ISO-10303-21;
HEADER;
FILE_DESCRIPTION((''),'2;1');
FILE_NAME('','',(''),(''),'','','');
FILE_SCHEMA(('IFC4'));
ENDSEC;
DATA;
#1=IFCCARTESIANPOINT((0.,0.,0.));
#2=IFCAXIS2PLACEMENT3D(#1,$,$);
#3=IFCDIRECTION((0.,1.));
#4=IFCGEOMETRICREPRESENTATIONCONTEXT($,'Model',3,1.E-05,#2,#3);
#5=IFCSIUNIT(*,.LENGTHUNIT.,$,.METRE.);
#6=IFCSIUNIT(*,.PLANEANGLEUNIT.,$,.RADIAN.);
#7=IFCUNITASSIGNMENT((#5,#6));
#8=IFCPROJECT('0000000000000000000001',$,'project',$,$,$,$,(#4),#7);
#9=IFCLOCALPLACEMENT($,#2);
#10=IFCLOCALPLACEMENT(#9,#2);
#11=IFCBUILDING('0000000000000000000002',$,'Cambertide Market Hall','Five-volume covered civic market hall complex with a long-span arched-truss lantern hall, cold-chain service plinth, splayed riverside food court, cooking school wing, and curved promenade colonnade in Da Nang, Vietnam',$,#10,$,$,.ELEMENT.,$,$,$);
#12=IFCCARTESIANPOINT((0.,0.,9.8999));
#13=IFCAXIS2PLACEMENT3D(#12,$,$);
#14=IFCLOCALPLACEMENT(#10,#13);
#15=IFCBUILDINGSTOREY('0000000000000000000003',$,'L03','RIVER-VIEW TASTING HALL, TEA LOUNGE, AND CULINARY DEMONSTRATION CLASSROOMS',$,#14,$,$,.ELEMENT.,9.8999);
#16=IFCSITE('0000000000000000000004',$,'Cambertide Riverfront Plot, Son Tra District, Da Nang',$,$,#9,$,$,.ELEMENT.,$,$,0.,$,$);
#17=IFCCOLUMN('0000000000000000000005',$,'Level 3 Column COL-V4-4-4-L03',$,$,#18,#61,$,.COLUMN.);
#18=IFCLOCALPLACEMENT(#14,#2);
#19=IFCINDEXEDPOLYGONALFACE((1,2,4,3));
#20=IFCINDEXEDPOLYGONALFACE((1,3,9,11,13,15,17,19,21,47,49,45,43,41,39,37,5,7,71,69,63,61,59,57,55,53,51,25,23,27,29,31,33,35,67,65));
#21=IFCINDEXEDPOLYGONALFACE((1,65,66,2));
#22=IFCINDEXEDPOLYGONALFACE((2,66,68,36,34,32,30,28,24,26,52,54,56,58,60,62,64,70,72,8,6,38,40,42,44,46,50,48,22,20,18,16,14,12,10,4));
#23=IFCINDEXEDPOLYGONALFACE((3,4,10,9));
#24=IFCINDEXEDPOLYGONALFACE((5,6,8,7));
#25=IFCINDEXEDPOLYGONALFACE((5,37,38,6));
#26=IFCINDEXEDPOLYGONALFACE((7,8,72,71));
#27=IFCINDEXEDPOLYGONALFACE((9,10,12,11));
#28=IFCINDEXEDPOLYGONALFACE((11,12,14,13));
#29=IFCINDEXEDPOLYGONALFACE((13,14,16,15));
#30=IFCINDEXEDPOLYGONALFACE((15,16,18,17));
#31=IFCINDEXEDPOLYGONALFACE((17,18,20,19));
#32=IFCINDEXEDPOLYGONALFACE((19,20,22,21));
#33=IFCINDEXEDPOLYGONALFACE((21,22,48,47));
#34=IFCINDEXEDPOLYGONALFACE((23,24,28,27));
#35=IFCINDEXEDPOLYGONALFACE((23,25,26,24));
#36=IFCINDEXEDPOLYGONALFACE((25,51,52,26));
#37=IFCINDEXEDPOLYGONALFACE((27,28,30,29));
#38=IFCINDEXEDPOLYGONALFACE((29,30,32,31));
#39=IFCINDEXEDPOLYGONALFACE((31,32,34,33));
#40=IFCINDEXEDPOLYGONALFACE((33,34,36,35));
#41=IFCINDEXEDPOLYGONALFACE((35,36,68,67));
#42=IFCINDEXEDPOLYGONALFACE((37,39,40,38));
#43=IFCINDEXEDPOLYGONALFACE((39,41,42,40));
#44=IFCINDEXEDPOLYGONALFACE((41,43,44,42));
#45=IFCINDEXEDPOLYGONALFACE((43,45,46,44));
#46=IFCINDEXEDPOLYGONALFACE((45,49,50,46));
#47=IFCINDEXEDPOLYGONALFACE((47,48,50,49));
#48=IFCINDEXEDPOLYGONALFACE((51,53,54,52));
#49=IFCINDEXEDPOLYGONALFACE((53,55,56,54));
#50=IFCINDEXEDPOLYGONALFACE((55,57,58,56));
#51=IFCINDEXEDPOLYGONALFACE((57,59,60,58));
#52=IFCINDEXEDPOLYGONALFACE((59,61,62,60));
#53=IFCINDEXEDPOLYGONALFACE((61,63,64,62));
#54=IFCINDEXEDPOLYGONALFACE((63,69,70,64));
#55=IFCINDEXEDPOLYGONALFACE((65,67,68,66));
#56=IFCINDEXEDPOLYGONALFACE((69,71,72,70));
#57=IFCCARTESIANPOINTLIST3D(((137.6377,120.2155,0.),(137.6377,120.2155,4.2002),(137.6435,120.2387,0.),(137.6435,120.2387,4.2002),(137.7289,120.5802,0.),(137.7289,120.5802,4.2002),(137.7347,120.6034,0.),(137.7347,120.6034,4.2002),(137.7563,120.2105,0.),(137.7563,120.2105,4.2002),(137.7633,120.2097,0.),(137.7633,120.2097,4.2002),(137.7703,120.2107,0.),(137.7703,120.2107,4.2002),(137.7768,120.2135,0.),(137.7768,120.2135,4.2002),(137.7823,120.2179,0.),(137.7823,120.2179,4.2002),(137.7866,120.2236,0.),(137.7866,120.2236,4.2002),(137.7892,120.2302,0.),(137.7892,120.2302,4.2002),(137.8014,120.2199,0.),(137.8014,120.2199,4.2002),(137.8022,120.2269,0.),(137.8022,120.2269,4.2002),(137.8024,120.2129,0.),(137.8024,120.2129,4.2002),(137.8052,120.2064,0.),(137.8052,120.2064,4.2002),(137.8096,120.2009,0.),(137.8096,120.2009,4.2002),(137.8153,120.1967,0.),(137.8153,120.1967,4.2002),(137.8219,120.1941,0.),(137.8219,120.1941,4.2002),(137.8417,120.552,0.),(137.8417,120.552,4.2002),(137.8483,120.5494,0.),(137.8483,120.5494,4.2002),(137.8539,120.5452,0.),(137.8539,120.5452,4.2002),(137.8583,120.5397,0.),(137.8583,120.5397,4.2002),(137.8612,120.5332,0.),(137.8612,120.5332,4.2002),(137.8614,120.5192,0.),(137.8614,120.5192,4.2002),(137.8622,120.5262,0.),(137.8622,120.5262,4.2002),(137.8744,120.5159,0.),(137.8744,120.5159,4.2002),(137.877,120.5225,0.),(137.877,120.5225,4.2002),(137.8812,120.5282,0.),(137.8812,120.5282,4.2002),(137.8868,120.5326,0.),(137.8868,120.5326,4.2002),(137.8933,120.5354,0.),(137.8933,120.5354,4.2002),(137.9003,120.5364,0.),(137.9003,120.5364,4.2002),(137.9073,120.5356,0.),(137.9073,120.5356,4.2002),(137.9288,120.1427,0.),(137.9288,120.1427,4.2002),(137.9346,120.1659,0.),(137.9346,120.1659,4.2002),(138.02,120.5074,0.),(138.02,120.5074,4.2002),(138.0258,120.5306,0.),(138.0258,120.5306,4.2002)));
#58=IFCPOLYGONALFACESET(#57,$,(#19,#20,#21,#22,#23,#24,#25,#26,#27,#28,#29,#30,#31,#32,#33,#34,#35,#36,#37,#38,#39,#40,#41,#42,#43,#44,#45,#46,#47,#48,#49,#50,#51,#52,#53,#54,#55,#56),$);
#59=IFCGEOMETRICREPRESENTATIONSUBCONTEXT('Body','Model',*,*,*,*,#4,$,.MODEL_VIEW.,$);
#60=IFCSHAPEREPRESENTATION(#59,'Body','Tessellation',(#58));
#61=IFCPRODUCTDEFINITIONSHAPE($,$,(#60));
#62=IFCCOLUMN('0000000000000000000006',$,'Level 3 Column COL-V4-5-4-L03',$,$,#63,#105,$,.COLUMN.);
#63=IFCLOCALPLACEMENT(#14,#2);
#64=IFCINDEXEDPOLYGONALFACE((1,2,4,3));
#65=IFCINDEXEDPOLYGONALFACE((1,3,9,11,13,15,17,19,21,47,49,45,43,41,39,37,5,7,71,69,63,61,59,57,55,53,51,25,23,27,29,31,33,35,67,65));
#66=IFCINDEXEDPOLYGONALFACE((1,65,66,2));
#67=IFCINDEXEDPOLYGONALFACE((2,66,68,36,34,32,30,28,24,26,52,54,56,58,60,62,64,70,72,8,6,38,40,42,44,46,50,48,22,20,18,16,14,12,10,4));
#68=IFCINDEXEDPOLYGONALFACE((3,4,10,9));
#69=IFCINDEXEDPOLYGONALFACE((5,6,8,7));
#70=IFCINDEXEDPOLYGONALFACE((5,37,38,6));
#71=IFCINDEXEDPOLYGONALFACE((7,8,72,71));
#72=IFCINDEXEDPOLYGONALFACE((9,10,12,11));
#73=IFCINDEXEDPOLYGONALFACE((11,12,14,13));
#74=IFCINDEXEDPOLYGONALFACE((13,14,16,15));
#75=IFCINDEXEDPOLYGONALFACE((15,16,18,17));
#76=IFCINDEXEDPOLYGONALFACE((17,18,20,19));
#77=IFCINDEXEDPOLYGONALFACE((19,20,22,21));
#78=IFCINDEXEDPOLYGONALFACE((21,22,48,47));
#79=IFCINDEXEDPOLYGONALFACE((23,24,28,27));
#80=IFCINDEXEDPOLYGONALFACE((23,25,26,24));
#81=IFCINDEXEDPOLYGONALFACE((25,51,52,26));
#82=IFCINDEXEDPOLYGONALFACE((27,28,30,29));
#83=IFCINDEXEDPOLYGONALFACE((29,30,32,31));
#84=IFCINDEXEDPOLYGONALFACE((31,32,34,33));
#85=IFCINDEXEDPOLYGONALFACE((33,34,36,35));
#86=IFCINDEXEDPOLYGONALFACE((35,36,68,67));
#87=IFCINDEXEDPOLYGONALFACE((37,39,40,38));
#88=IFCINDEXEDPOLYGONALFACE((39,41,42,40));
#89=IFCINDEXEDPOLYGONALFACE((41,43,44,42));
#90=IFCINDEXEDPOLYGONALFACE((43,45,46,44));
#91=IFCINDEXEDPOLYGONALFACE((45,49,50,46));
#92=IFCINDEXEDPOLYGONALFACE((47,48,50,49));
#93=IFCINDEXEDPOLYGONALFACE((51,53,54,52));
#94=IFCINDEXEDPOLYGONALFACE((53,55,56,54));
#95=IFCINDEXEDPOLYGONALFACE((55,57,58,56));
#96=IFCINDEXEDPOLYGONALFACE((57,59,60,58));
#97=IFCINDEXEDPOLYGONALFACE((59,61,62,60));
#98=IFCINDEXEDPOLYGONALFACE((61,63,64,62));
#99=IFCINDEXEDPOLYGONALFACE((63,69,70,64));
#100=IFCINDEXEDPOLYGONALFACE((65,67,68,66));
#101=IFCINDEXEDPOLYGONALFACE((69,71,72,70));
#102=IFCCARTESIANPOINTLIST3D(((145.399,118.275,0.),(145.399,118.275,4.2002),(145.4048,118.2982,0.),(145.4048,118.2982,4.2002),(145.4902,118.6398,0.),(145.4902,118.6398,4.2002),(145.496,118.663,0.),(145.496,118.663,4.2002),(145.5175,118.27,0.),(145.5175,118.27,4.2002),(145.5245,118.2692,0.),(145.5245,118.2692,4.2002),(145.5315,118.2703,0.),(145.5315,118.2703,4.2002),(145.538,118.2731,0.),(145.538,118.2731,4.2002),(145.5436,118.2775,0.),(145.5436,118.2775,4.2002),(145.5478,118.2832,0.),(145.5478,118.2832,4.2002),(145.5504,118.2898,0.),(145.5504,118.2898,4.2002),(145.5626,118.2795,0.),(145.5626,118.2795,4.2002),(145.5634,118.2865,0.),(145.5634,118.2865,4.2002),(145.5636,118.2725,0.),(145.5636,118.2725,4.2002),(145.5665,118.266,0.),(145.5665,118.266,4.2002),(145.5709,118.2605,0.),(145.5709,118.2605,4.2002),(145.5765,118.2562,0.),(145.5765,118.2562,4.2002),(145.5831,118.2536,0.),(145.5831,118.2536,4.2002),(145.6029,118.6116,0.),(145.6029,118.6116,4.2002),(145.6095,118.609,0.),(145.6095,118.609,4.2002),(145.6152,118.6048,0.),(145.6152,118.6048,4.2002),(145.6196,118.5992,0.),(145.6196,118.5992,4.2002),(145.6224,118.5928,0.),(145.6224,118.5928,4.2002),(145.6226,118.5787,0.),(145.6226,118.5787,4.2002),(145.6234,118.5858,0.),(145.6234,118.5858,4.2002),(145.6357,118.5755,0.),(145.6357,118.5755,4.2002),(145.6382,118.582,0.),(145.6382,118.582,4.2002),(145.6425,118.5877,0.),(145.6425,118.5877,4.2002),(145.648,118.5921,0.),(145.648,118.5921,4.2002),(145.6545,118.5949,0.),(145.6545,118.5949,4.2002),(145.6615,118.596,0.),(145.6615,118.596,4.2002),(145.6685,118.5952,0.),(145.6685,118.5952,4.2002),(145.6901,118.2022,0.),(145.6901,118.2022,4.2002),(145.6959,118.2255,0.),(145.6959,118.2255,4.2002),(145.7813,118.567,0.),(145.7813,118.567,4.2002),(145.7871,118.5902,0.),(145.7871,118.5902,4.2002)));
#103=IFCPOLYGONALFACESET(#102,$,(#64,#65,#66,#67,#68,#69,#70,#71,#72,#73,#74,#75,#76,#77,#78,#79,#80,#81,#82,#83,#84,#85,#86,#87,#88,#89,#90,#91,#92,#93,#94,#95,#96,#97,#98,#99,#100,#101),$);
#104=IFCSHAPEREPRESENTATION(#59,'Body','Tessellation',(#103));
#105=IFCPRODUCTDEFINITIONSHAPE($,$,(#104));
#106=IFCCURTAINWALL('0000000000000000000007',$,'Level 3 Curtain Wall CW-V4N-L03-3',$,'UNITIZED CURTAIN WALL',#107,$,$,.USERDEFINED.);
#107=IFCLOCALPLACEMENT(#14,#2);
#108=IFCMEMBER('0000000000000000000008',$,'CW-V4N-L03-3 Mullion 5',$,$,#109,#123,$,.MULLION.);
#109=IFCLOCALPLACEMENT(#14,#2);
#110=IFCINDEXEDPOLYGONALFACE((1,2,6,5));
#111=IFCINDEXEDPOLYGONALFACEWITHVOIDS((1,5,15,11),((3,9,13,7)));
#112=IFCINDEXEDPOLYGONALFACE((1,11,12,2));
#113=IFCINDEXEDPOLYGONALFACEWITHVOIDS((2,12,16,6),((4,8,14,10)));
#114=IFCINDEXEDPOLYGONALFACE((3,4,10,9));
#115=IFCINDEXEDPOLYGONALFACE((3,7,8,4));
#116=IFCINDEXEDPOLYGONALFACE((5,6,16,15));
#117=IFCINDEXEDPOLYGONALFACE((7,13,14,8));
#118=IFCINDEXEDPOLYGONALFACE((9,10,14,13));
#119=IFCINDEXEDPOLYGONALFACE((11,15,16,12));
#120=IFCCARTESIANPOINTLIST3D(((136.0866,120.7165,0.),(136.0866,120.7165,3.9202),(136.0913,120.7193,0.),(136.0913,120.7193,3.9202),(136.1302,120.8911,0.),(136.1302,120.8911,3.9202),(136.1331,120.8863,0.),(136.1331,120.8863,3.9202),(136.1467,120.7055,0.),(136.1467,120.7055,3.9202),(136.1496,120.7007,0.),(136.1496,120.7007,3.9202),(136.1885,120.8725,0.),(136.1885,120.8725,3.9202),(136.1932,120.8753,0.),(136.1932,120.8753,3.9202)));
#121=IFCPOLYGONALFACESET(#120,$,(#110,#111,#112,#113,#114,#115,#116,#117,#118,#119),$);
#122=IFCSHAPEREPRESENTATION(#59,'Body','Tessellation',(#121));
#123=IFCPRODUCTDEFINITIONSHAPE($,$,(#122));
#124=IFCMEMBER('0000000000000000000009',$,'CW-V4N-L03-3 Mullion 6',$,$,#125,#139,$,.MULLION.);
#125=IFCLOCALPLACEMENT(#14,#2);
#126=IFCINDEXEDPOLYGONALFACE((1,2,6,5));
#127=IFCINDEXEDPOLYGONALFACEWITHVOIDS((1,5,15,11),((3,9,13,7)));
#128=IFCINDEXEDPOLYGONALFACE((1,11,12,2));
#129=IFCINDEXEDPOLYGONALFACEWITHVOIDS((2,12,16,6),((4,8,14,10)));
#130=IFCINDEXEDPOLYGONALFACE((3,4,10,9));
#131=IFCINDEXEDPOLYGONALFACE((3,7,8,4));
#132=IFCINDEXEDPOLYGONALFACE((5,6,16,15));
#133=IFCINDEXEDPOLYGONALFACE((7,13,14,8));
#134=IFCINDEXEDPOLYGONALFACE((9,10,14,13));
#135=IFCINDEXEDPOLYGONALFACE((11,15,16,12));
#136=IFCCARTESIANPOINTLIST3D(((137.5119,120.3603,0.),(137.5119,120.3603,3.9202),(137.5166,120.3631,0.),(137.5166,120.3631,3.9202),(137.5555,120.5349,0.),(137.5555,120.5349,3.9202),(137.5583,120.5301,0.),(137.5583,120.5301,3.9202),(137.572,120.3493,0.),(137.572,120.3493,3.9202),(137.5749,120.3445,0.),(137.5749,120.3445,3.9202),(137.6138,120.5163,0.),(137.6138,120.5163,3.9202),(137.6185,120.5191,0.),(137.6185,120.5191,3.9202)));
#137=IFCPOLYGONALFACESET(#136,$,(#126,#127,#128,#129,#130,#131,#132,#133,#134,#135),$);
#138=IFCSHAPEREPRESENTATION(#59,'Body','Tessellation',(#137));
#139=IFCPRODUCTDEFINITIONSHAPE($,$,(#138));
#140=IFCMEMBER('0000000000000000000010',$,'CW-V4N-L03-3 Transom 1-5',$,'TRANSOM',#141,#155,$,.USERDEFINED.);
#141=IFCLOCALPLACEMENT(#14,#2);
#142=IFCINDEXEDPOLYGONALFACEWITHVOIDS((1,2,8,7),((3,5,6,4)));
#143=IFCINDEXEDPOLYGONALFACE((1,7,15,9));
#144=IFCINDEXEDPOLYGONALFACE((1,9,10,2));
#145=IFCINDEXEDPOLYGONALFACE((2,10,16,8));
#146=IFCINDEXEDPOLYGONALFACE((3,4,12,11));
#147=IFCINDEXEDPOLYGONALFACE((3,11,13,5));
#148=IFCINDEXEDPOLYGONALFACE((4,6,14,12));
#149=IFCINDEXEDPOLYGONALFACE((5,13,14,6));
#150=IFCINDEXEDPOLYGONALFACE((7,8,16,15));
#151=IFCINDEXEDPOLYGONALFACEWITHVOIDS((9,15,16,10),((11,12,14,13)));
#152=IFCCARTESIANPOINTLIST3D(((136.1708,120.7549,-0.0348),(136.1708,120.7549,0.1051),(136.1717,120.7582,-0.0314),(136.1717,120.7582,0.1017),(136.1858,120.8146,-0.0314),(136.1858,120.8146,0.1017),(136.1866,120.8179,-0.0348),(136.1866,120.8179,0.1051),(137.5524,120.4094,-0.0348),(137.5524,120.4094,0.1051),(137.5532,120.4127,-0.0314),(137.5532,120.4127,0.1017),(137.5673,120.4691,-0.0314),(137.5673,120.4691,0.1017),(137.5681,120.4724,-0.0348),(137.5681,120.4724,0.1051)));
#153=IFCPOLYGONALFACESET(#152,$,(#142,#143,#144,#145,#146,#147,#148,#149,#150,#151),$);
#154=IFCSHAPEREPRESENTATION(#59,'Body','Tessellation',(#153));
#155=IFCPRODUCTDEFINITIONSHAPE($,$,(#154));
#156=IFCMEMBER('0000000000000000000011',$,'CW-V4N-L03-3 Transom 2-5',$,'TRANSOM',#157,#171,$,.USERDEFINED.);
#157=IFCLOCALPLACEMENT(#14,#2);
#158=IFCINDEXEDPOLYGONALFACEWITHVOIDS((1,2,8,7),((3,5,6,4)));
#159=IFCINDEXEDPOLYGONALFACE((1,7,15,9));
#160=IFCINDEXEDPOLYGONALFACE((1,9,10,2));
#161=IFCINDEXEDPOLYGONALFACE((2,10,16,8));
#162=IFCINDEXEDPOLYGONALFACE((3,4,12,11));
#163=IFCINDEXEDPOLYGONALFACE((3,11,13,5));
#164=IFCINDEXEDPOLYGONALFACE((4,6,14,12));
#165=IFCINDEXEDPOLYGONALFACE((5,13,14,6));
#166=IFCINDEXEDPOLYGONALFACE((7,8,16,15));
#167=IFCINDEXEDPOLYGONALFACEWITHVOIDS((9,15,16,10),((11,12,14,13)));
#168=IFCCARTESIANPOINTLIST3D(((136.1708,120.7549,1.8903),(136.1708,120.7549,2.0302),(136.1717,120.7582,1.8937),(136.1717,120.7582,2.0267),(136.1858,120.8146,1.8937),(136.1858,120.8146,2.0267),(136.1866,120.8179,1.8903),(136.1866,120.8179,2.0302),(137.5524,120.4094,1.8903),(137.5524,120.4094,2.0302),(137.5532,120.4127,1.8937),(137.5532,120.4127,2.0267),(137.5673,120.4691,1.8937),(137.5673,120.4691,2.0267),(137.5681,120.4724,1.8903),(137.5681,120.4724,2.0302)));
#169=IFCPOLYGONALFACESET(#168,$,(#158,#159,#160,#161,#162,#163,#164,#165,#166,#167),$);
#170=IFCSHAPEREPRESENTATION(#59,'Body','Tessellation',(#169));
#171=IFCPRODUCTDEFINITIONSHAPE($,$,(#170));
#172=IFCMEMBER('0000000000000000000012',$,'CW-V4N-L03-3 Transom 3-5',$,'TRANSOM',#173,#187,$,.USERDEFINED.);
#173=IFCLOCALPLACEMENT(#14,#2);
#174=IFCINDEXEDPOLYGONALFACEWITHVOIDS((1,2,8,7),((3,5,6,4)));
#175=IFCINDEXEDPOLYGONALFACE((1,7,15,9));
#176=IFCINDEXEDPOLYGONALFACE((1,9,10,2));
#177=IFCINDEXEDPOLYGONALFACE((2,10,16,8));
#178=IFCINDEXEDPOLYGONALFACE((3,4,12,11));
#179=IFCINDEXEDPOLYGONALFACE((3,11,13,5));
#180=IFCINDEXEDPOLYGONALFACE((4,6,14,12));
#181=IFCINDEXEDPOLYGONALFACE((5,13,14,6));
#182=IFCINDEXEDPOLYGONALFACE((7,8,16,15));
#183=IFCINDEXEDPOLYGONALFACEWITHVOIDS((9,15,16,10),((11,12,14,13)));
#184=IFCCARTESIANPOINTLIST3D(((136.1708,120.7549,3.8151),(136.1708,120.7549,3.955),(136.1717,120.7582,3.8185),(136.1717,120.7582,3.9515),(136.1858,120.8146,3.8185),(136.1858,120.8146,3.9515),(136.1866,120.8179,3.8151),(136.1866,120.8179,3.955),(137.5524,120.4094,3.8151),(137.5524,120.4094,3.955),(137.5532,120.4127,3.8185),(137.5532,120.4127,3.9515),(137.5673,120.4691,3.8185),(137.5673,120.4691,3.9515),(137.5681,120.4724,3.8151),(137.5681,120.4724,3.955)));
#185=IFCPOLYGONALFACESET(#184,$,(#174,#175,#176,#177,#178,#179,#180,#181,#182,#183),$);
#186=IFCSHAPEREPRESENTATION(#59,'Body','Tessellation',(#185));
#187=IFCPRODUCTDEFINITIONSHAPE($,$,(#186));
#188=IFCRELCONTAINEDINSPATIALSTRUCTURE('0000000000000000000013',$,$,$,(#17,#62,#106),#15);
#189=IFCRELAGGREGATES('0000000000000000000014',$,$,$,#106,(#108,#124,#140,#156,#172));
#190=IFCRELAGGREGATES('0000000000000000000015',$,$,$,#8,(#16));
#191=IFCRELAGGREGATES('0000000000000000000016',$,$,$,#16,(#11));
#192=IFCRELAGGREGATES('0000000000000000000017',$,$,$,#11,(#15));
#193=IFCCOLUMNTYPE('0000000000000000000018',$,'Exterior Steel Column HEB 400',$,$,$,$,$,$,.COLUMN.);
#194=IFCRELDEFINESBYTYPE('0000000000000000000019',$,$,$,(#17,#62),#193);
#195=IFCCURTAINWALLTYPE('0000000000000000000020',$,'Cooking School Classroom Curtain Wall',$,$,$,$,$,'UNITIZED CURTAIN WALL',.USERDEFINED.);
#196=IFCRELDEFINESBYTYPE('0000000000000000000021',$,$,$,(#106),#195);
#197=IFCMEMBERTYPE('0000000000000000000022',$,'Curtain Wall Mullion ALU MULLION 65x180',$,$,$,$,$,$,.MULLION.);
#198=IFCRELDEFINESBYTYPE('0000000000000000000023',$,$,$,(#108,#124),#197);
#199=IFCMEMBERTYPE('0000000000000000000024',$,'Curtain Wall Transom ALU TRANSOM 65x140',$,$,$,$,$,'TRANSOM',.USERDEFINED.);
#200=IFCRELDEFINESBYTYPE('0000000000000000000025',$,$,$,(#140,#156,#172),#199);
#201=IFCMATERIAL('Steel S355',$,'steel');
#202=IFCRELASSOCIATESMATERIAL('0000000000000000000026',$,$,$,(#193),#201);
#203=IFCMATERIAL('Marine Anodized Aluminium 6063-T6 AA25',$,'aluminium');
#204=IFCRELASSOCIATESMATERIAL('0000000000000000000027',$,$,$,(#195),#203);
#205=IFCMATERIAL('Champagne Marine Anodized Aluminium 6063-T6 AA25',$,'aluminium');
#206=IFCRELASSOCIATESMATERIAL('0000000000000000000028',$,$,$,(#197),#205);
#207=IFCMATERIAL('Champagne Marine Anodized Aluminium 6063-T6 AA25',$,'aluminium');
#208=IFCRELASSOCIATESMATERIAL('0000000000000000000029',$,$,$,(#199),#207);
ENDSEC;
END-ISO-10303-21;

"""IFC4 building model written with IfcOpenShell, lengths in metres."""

from ifc_helpers import new_model, si_unit, direction, frame, origin, origin_2d, place, context, subcontext, project, spatial, hollow_rectangle, i_section, extrude, material, material_profile, profile_set, type_object, element, aggregate, save


model = new_model("IFC4")

# Units and contexts
model_context = context("Model", 3, precision=1e-05, world=origin(), true_north=direction((0.0, 1.0)))
body_context = subcontext(model_context, "Body", "Model", "MODEL_VIEW")
ifc_project = project(units=[si_unit("LENGTHUNIT", "METRE"), si_unit("PLANEANGLEUNIT", "RADIAN")], contexts=[model_context])

# Site, building, storey
site_placement = place(None, origin())
site = spatial("IfcSite", under=ifc_project, at=site_placement, Name="Cambertide Riverfront Plot, Son Tra District, Da Nang", CompositionType="ELEMENT", RefElevation=0.0)
building_placement = place(site_placement, origin())
building = spatial("IfcBuilding", under=site, at=building_placement, Name="Cambertide Market Hall", Description="Five-volume covered civic market hall complex with a long-span arched-truss lantern hall, cold-chain service plinth, splayed riverside food court, cooking school wing, and curved promenade colonnade in Da Nang, Vietnam", CompositionType="ELEMENT")
storey_placement = place(building_placement, frame((0.0, 0.0, 9.8999)))
storey = spatial("IfcBuildingStorey", under=building, at=storey_placement, Name="L03", Description="RIVER-VIEW TASTING HALL, TEA LOUNGE, AND CULINARY DEMONSTRATION CLASSROOMS", CompositionType="ELEMENT", Elevation=9.8999)

# Columns
ifc_material_1 = material(Name="Steel S355", Category="steel")
ifc_material_profile_1 = material_profile(ifc_material_1, i_section(OverallWidth=0.3, OverallDepth=0.3999, WebThickness=0.0134, FlangeThickness=0.0239, FilletRadius=0.0271, at=origin_2d()), Name="HEB 400")
ifc_profile_set_1 = profile_set([ifc_material_profile_1], Name="Steel S355")
column_type = type_object("IfcColumnType", Name="Exterior Steel Column HEB 400", PredefinedType="COLUMN", material=ifc_profile_set_1)
for number, where, z_axis, x_axis, name in (
    (1, (137.8318, 120.373, 0.0), (0.0, 0.0, 1.0), (0.970143, -0.242536, 0.0), "Level 3 Column COL-V4-4-4-L03"),
    (2, (145.593, 118.4326, 0.0), (0.0, 0.0, 1.0), (0.970143, -0.242536, 0.0), "Level 3 Column COL-V4-5-4-L03"),
):
    element("IfcColumn", number, at=place(storey_placement, frame(where, z_axis=z_axis, x_axis=x_axis)), inside=storey, type_object=column_type, Name=name, PredefinedType="COLUMN", context=body_context, shape_type="SweptSolid", body=[
        extrude(i_section(OverallWidth=0.3, OverallDepth=0.3999, WebThickness=0.0134, FlangeThickness=0.0239, FilletRadius=0.0271, at=origin_2d()), origin(), (0.0, 0.0, 1.0), 4.2002),
    ])

# Curtain wall, members
ifc_material_2 = material(Name="Marine Anodized Aluminium 6063-T6 AA25", Category="aluminium")
curtain_wall_type = type_object("IfcCurtainWallType", Name="Cooking School Classroom Curtain Wall", ElementType="UNITIZED CURTAIN WALL", PredefinedType="USERDEFINED", material=ifc_material_2)
curtain_wall_placement = place(storey_placement, origin())
curtain_wall = element("IfcCurtainWall", 3, at=curtain_wall_placement, inside=storey, type_object=curtain_wall_type, Name="Level 3 Curtain Wall CW-V4N-L03-3", ObjectType="UNITIZED CURTAIN WALL", PredefinedType="USERDEFINED")
ifc_material_3 = material(Name="Champagne Marine Anodized Aluminium 6063-T6 AA25", Category="aluminium")
ifc_material_profile_2 = material_profile(ifc_material_3, hollow_rectangle(XDim=0.0649, YDim=0.1799, WallThickness=0.0039, at=origin_2d()), Name="ALU MULLION 65x180")
ifc_profile_set_2 = profile_set([ifc_material_profile_2], Name="Champagne Marine Anodized Aluminium 6063-T6 AA25")
member_type_1 = type_object("IfcMemberType", Name="Curtain Wall Mullion ALU MULLION 65x180", PredefinedType="MULLION", material=ifc_profile_set_2)
member_1_placement = place(storey_placement, frame((136.1399, 120.7959, 0.0), z_axis=(0.0, 0.0, 1.0), x_axis=(0.970143, -0.242536, 0.0)))
member_1 = element("IfcMember", 4, at=member_1_placement, type_object=member_type_1, Name="CW-V4N-L03-3 Mullion 5", PredefinedType="MULLION", context=body_context, shape_type="SweptSolid", body=[
    extrude(hollow_rectangle(XDim=0.0649, YDim=0.1799, WallThickness=0.0039, at=origin_2d()), origin(), (0.0, 0.0, 1.0), 3.9202),
])
member_2_placement = place(storey_placement, frame((137.5652, 120.4397, 0.0), z_axis=(0.0, 0.0, 1.0), x_axis=(0.970143, -0.242536, 0.0)))
member_2 = element("IfcMember", 5, at=member_2_placement, type_object=member_type_1, Name="CW-V4N-L03-3 Mullion 6", PredefinedType="MULLION", context=body_context, shape_type="SweptSolid", body=[
    extrude(hollow_rectangle(XDim=0.0649, YDim=0.1799, WallThickness=0.0039, at=origin_2d()), origin(), (0.0, 0.0, 1.0), 3.9202),
])
ifc_material_4 = material(Name="Champagne Marine Anodized Aluminium 6063-T6 AA25", Category="aluminium")
ifc_material_profile_3 = material_profile(ifc_material_4, hollow_rectangle(XDim=0.0649, YDim=0.1399, WallThickness=0.0034, at=origin_2d()), Name="ALU TRANSOM 65x140")
ifc_profile_set_3 = profile_set([ifc_material_profile_3], Name="Champagne Marine Anodized Aluminium 6063-T6 AA25")
member_type_2 = type_object("IfcMemberType", Name="Curtain Wall Transom ALU TRANSOM 65x140", ElementType="TRANSOM", PredefinedType="USERDEFINED", material=ifc_profile_set_3)
member_3_placement = place(storey_placement, frame((136.1787, 120.7864, 0.0352), z_axis=(0.970132, -0.242576, 0.0), x_axis=(0.242576, 0.970132, 0.0)))
member_3 = element("IfcMember", 6, at=member_3_placement, type_object=member_type_2, Name="CW-V4N-L03-3 Transom 1-5", ObjectType="TRANSOM", PredefinedType="USERDEFINED", context=body_context, shape_type="SweptSolid", body=[
    extrude(hollow_rectangle(XDim=0.0649, YDim=0.1399, WallThickness=0.0034, at=origin_2d()), origin(), (0.0, 0.0, 1.0), 1.4241),
])
member_4_placement = place(storey_placement, frame((136.1787, 120.7864, 1.9602), z_axis=(0.970132, -0.242576, 0.0), x_axis=(0.242576, 0.970132, 0.0)))
member_4 = element("IfcMember", 7, at=member_4_placement, type_object=member_type_2, Name="CW-V4N-L03-3 Transom 2-5", ObjectType="TRANSOM", PredefinedType="USERDEFINED", context=body_context, shape_type="SweptSolid", body=[
    extrude(hollow_rectangle(XDim=0.0649, YDim=0.1399, WallThickness=0.0034, at=origin_2d()), origin(), (0.0, 0.0, 1.0), 1.4241),
])
member_5_placement = place(storey_placement, frame((136.1787, 120.7864, 3.885), z_axis=(0.970132, -0.242576, 0.0), x_axis=(0.242576, 0.970132, 0.0)))
member_5 = element("IfcMember", 8, at=member_5_placement, type_object=member_type_2, Name="CW-V4N-L03-3 Transom 3-5", ObjectType="TRANSOM", PredefinedType="USERDEFINED", context=body_context, shape_type="SweptSolid", body=[
    extrude(hollow_rectangle(XDim=0.0649, YDim=0.1399, WallThickness=0.0034, at=origin_2d()), origin(), (0.0, 0.0, 1.0), 1.4241),
])

aggregate(curtain_wall, [member_1, member_2, member_3, member_4, member_5])

save(model, "model.ifc")
